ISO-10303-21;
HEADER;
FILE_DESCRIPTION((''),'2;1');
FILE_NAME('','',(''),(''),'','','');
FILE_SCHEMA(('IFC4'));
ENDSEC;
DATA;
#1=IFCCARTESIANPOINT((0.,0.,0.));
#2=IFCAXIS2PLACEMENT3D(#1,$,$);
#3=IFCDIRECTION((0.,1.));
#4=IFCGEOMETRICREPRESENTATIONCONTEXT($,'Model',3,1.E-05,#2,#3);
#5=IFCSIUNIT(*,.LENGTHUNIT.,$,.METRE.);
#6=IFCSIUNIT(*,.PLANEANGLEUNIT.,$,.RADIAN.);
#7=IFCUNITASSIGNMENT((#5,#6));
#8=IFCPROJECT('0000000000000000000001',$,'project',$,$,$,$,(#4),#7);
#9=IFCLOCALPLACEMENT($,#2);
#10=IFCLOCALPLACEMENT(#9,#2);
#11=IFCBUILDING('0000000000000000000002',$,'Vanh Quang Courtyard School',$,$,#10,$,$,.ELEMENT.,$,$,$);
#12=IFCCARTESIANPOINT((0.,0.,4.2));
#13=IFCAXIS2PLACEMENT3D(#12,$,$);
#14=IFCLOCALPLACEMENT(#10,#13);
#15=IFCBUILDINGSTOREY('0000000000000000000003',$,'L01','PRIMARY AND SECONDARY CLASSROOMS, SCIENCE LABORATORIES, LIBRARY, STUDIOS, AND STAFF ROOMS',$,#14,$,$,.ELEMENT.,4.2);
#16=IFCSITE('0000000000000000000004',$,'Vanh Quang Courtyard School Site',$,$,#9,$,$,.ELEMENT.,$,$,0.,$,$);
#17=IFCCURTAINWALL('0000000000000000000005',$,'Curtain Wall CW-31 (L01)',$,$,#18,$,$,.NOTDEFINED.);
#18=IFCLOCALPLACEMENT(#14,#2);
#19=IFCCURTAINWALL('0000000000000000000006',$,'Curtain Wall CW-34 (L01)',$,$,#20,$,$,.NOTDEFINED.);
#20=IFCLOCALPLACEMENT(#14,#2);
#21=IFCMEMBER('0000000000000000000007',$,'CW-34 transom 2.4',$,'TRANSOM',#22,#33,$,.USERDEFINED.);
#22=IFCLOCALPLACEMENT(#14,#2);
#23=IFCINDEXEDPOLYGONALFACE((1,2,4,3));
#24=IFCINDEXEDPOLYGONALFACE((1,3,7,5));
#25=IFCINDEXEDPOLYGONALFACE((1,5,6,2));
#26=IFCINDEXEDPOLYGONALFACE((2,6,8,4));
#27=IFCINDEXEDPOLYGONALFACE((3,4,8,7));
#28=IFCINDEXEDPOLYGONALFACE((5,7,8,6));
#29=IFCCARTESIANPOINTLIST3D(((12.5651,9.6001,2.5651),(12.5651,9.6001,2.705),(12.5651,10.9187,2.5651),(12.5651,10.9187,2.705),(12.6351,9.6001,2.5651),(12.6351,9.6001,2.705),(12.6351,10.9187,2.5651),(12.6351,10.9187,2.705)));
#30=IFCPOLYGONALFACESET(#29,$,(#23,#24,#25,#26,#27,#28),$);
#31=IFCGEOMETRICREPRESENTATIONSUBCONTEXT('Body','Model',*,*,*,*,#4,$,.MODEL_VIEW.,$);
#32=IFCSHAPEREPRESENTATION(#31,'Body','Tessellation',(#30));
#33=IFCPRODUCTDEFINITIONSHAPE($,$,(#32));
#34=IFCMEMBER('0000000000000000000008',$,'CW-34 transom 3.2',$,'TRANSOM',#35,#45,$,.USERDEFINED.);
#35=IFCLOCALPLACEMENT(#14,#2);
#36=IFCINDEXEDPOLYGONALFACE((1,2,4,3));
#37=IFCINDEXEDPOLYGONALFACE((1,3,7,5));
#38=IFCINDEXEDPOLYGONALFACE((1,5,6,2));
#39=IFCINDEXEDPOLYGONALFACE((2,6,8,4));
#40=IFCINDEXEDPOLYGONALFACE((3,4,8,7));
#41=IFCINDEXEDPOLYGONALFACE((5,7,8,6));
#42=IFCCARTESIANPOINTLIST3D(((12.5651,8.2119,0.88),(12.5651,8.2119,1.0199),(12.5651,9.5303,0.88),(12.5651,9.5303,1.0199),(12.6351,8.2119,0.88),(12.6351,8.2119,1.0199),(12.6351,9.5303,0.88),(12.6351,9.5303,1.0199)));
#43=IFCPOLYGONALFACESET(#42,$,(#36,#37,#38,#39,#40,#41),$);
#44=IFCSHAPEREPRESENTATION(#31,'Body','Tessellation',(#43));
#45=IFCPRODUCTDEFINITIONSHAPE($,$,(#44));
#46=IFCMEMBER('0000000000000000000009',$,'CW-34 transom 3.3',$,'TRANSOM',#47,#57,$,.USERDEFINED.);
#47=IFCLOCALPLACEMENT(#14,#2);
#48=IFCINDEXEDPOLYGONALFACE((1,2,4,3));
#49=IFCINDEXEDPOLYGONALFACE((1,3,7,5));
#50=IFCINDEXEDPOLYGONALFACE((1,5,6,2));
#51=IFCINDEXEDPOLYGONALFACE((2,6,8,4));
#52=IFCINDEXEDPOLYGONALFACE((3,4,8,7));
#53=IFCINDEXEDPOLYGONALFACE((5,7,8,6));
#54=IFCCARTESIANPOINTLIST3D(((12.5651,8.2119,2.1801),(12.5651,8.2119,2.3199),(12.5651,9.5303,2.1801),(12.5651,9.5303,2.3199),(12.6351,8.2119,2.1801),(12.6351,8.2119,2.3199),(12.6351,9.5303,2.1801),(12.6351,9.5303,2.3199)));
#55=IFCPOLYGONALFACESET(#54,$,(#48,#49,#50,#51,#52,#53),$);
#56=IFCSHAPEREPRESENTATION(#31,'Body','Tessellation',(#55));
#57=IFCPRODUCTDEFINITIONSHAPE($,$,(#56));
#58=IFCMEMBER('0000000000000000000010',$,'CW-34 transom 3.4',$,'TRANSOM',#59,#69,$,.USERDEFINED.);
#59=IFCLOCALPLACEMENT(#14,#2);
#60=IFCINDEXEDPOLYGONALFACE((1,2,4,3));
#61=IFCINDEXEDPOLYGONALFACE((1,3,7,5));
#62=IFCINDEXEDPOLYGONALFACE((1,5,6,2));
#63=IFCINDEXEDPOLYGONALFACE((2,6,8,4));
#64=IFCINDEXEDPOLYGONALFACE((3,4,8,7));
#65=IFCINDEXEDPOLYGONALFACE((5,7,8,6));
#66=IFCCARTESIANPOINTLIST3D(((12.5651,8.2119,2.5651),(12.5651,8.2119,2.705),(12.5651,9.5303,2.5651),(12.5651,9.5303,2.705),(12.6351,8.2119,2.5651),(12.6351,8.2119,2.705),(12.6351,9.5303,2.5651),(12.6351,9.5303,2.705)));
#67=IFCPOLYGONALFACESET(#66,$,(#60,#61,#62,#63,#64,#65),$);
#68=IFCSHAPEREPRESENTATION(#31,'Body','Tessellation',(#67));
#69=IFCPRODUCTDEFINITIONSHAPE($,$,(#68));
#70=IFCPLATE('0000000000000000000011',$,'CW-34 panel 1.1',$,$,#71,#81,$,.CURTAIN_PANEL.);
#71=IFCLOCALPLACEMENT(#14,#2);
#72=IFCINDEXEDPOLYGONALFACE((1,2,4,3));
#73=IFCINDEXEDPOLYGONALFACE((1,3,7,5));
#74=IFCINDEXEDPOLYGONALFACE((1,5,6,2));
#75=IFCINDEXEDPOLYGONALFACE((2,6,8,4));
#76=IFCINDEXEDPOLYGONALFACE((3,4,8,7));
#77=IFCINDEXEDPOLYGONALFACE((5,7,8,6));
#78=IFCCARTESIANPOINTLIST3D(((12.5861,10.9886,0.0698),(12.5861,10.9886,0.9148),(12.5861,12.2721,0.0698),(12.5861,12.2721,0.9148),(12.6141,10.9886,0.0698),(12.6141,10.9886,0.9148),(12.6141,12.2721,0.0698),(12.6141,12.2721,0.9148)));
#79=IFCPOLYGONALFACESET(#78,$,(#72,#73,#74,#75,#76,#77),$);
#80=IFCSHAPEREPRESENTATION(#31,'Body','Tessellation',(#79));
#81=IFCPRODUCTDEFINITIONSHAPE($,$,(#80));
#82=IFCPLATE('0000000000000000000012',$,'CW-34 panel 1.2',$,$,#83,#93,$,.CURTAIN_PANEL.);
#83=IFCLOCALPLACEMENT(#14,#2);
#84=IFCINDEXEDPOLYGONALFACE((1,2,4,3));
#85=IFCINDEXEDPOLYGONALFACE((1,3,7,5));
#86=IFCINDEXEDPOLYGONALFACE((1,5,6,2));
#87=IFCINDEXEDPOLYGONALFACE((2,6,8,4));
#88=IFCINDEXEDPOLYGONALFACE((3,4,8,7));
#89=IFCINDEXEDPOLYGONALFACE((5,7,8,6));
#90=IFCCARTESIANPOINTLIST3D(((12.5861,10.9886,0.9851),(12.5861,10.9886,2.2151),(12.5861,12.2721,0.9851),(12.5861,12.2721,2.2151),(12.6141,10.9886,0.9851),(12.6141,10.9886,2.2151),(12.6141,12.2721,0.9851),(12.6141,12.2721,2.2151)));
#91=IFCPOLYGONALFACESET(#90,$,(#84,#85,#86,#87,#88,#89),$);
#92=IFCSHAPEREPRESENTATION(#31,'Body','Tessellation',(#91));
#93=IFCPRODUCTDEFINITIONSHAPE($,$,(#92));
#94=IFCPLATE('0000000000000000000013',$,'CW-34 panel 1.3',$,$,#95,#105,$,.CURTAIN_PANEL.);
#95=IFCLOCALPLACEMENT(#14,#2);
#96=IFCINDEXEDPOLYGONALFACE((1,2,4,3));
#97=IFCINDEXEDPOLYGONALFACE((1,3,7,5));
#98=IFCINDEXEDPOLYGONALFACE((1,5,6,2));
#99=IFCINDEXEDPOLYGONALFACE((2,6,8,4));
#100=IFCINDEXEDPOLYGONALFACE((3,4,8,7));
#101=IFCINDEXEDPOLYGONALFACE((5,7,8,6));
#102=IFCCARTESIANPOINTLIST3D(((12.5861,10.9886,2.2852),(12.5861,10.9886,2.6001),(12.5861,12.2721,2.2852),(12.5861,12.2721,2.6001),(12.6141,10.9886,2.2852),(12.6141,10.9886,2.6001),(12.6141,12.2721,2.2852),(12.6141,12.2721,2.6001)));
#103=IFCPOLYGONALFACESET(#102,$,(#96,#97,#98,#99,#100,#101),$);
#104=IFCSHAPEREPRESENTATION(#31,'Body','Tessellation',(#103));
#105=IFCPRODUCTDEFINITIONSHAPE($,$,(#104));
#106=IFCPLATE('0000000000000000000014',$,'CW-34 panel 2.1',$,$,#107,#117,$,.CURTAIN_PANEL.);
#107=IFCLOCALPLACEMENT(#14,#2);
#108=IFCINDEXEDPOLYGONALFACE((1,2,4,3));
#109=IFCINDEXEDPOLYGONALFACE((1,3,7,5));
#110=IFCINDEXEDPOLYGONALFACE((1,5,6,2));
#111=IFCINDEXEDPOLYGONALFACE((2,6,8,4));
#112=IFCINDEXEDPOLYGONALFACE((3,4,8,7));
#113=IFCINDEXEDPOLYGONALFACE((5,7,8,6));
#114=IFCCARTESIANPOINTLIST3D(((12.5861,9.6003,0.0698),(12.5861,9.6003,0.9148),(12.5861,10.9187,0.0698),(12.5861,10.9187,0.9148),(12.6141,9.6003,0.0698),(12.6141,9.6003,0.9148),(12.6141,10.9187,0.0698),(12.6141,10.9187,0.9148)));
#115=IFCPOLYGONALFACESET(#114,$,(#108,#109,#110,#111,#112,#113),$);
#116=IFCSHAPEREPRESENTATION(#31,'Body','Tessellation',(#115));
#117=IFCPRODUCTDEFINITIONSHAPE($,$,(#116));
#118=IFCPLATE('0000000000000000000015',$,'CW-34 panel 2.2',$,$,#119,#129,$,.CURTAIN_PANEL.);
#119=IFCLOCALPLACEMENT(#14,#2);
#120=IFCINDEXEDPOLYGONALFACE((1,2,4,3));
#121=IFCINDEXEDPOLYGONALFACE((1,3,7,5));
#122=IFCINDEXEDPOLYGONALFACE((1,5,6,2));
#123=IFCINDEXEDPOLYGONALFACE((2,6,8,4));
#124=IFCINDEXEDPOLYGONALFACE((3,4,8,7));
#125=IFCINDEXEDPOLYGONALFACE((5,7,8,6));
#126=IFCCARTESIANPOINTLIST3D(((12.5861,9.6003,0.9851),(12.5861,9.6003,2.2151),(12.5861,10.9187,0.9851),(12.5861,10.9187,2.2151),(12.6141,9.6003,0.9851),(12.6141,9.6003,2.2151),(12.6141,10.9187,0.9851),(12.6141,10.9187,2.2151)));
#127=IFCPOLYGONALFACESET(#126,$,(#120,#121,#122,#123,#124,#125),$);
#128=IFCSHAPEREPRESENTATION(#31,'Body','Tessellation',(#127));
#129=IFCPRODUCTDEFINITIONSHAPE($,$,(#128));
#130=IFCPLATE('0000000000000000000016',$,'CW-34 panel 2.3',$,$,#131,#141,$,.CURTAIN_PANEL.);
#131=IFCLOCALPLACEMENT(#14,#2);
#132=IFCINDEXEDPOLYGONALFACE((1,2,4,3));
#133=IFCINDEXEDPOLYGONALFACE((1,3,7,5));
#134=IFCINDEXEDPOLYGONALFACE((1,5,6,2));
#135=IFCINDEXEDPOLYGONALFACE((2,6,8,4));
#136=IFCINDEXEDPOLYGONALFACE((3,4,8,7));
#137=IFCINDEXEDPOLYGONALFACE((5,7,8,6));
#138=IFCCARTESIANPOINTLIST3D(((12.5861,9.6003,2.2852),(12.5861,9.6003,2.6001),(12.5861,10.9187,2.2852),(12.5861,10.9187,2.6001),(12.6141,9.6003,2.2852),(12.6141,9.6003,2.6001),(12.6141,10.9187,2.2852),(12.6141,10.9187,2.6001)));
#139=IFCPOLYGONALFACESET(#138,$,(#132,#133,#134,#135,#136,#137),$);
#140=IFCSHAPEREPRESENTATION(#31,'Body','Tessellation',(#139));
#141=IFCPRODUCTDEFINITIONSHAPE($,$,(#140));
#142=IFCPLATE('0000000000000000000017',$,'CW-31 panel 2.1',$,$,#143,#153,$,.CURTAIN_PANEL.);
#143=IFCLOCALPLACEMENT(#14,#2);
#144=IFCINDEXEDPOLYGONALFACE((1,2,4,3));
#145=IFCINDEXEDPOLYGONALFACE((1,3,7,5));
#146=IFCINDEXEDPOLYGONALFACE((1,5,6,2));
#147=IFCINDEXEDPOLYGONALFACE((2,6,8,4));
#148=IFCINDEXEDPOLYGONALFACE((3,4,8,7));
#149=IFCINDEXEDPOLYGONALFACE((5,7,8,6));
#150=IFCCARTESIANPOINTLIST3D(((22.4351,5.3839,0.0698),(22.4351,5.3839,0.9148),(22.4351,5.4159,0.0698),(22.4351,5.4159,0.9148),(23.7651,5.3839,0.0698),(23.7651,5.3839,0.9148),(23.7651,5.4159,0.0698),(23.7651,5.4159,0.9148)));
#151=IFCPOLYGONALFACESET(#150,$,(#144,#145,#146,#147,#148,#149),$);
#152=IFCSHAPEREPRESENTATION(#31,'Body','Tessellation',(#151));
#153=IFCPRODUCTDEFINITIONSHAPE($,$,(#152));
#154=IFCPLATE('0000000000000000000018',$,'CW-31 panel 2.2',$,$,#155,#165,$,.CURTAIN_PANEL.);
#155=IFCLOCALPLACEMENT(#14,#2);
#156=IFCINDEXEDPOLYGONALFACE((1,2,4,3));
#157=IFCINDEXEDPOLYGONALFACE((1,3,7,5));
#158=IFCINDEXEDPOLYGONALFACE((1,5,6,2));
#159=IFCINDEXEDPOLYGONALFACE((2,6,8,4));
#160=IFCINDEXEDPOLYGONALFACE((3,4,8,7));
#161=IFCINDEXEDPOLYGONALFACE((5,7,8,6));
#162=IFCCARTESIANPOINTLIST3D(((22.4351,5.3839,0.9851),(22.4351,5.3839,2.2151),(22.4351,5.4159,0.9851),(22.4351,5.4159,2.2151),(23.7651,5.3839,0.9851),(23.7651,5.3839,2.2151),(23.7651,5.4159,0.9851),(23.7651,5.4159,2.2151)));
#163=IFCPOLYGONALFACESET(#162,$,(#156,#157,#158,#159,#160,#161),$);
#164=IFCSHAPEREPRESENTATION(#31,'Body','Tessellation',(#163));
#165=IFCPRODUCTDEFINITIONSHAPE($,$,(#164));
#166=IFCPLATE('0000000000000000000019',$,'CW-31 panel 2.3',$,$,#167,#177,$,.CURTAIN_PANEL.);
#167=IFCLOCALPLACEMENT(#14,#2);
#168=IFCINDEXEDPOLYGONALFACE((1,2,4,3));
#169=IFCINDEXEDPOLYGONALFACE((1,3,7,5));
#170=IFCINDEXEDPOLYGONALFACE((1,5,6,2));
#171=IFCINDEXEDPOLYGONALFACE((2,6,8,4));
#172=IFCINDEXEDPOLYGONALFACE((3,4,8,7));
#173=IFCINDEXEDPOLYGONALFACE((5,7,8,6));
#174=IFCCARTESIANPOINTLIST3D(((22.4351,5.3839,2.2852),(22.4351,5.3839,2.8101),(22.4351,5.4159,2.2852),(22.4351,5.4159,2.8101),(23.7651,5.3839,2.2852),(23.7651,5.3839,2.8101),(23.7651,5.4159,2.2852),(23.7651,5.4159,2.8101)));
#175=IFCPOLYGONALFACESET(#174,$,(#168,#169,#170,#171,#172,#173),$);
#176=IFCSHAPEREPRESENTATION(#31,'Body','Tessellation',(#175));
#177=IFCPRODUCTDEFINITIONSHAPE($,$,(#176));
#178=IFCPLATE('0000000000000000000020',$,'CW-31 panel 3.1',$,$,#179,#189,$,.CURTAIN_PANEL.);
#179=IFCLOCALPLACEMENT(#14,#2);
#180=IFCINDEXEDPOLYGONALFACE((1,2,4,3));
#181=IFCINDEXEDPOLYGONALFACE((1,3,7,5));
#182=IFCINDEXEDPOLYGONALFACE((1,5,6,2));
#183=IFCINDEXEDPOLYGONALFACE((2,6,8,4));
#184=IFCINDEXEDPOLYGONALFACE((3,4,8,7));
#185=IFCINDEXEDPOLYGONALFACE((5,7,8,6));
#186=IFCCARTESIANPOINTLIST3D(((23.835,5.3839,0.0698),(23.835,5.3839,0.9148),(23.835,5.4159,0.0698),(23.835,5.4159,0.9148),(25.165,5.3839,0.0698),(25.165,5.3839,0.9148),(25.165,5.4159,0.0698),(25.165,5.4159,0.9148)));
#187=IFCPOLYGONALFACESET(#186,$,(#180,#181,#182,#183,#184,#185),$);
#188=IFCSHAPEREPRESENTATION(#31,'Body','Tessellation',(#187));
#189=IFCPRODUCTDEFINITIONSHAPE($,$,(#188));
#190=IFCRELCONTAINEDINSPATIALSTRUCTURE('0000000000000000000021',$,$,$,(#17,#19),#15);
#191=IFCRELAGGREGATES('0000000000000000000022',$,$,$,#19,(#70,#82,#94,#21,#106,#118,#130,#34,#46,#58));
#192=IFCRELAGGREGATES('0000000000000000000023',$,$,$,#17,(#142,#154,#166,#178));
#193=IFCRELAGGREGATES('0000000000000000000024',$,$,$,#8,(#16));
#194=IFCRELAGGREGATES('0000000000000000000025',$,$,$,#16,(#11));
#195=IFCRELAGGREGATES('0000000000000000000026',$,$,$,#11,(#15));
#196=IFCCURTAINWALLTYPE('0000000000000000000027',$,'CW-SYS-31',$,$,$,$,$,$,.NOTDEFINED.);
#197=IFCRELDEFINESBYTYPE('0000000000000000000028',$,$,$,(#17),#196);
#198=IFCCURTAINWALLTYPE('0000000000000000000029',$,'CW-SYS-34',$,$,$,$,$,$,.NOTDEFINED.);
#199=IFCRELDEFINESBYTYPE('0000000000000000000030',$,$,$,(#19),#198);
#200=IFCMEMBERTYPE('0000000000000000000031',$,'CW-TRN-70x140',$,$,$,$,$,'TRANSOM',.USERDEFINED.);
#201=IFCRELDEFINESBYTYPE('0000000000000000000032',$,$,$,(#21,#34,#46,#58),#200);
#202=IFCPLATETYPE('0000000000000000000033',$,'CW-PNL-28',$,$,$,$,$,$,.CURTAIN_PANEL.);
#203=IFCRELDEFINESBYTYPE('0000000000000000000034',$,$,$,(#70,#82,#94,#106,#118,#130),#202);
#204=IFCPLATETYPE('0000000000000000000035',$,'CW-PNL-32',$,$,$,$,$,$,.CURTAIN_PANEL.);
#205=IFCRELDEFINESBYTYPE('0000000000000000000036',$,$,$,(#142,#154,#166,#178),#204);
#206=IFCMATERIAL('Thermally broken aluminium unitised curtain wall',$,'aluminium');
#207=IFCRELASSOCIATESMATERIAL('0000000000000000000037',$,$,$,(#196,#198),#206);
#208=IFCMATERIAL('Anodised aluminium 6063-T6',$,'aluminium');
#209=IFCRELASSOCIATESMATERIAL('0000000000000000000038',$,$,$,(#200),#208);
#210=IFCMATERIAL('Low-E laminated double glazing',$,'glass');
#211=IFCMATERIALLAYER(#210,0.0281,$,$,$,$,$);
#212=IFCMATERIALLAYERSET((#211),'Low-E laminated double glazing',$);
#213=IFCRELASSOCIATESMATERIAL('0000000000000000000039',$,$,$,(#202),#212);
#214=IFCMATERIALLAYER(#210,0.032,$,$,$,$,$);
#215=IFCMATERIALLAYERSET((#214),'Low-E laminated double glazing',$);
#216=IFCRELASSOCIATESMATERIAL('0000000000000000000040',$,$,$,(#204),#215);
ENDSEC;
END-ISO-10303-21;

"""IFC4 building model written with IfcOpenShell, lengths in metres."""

from ifc_helpers import new_model, si_unit, direction, frame, origin, origin_2d, place, context, subcontext, project, spatial, rectangle, extrude, material, layer, layer_set, material_profile, profile_set, type_object, element, aggregate, save


model = new_model("IFC4")

# Units and contexts
model_context = context("Model", 3, precision=1e-05, world=origin(), true_north=direction((0.0, 1.0)))
body_context = subcontext(model_context, "Body", "Model", "MODEL_VIEW")
ifc_project = project(units=[si_unit("LENGTHUNIT", "METRE"), si_unit("PLANEANGLEUNIT", "RADIAN")], contexts=[model_context])

# Site, building, storey
site_placement = place(None, origin())
site = spatial("IfcSite", under=ifc_project, at=site_placement, Name="Vanh Quang Courtyard School Site", CompositionType="ELEMENT", RefElevation=0.0)
building_placement = place(site_placement, origin())
building = spatial("IfcBuilding", under=site, at=building_placement, Name="Vanh Quang Courtyard School", CompositionType="ELEMENT")
storey_placement = place(building_placement, frame((0.0, 0.0, 4.2)))
storey = spatial("IfcBuildingStorey", under=building, at=storey_placement, Name="L01", Description="PRIMARY AND SECONDARY CLASSROOMS, SCIENCE LABORATORIES, LIBRARY, STUDIOS, AND STAFF ROOMS", CompositionType="ELEMENT", Elevation=4.2)

# Curtain wall
ifc_material_1 = material(Name="Thermally broken aluminium unitised curtain wall", Category="aluminium")
curtain_wall_type_1 = type_object("IfcCurtainWallType", Name="CW-SYS-31", PredefinedType="NOTDEFINED", material=ifc_material_1)
curtain_wall_1_placement = place(storey_placement, origin())
curtain_wall_1 = element("IfcCurtainWall", 1, at=curtain_wall_1_placement, inside=storey, type_object=curtain_wall_type_1, Name="Curtain Wall CW-31 (L01)", PredefinedType="NOTDEFINED")
ifc_material_2 = material(Name="Anodised aluminium 6063-T6", Category="aluminium")

# Curtain wall
curtain_wall_type_2 = type_object("IfcCurtainWallType", Name="CW-SYS-34", PredefinedType="NOTDEFINED", material=ifc_material_1)
curtain_wall_2_placement = place(storey_placement, origin())
curtain_wall_2 = element("IfcCurtainWall", 2, at=curtain_wall_2_placement, inside=storey, type_object=curtain_wall_type_2, Name="Curtain Wall CW-34 (L01)", PredefinedType="NOTDEFINED")

# Members
ifc_material_profile_1 = material_profile(ifc_material_2, rectangle(XDim=0.0701, YDim=0.1399, at=origin_2d()), Name="ALU-TRN 70x140")
ifc_profile_set_1 = profile_set([ifc_material_profile_1], Name="Anodised aluminium 6063-T6")
member_type_1 = type_object("IfcMemberType", Name="CW-TRN-70x140", ElementType="TRANSOM", PredefinedType="USERDEFINED", material=ifc_profile_set_1)
member_1_placement = place(storey_placement, frame((12.6001, 10.9187, 2.635), z_axis=(0.0, -1.0, 0.0), x_axis=(1.0, 0.0, 0.0)))
member_1 = element("IfcMember", 3, at=member_1_placement, type_object=member_type_1, Name="CW-34 transom 2.4", ObjectType="TRANSOM", PredefinedType="USERDEFINED", context=body_context, shape_type="SweptSolid", body=[
    extrude(rectangle(XDim=0.0701, YDim=0.1399, at=origin_2d()), origin(), (0.0, 0.0, 1.0), 1.3186),
])
member_2_placement = place(storey_placement, frame((12.6001, 9.5303, 0.95), z_axis=(0.0, -1.0, 0.0), x_axis=(1.0, 0.0, 0.0)))
member_2 = element("IfcMember", 4, at=member_2_placement, type_object=member_type_1, Name="CW-34 transom 3.2", ObjectType="TRANSOM", PredefinedType="USERDEFINED", context=body_context, shape_type="SweptSolid", body=[
    extrude(rectangle(XDim=0.0701, YDim=0.1399, at=origin_2d()), origin(), (0.0, 0.0, 1.0), 1.3184),
])
member_3_placement = place(storey_placement, frame((12.6001, 9.5303, 2.25), z_axis=(0.0, -1.0, 0.0), x_axis=(1.0, 0.0, 0.0)))
member_3 = element("IfcMember", 5, at=member_3_placement, type_object=member_type_1, Name="CW-34 transom 3.3", ObjectType="TRANSOM", PredefinedType="USERDEFINED", context=body_context, shape_type="SweptSolid", body=[
    extrude(rectangle(XDim=0.0701, YDim=0.1399, at=origin_2d()), origin(), (0.0, 0.0, 1.0), 1.3184),
])
member_4_placement = place(storey_placement, frame((12.6001, 9.5303, 2.635), z_axis=(0.0, -1.0, 0.0), x_axis=(1.0, 0.0, 0.0)))
member_4 = element("IfcMember", 6, at=member_4_placement, type_object=member_type_1, Name="CW-34 transom 3.4", ObjectType="TRANSOM", PredefinedType="USERDEFINED", context=body_context, shape_type="SweptSolid", body=[
    extrude(rectangle(XDim=0.0701, YDim=0.1399, at=origin_2d()), origin(), (0.0, 0.0, 1.0), 1.3184),
])

# Plates
ifc_material_3 = material(Name="Low-E laminated double glazing", Category="glass")
ifc_layer_1 = layer(ifc_material_3, 0.0281)
ifc_layer_set_1 = layer_set([ifc_layer_1], Name="Low-E laminated double glazing")
plate_type_1 = type_object("IfcPlateType", Name="CW-PNL-28", PredefinedType="CURTAIN_PANEL", material=ifc_layer_set_1)
plate_1_placement = place(storey_placement, frame((12.6001, 11.6304, 0.0698), z_axis=(0.0, 0.0, 1.0), x_axis=(0.0, -1.0, 0.0)))
plate_1 = element("IfcPlate", 7, at=plate_1_placement, type_object=plate_type_1, Name="CW-34 panel 1.1", PredefinedType="CURTAIN_PANEL", context=body_context, shape_type="SweptSolid", body=[
    extrude(rectangle(XDim=1.2834, YDim=0.0281, at=origin_2d()), origin(), (0.0, 0.0, 1.0), 0.845),
])
plate_2_placement = place(storey_placement, frame((12.6001, 11.6304, 0.9851), z_axis=(0.0, 0.0, 1.0), x_axis=(0.0, -1.0, 0.0)))
plate_2 = element("IfcPlate", 8, at=plate_2_placement, type_object=plate_type_1, Name="CW-34 panel 1.2", PredefinedType="CURTAIN_PANEL", context=body_context, shape_type="SweptSolid", body=[
    extrude(rectangle(XDim=1.2834, YDim=0.0281, at=origin_2d()), origin(), (0.0, 0.0, 1.0), 1.23),
])
plate_3_placement = place(storey_placement, frame((12.6001, 11.6304, 2.2852), z_axis=(0.0, 0.0, 1.0), x_axis=(0.0, -1.0, 0.0)))
plate_3 = element("IfcPlate", 9, at=plate_3_placement, type_object=plate_type_1, Name="CW-34 panel 1.3", PredefinedType="CURTAIN_PANEL", context=body_context, shape_type="SweptSolid", body=[
    extrude(rectangle(XDim=1.2834, YDim=0.0281, at=origin_2d()), origin(), (0.0, 0.0, 1.0), 0.3149),
])
plate_4_placement = place(storey_placement, frame((12.6001, 10.2595, 0.0698), z_axis=(0.0, 0.0, 1.0), x_axis=(0.0, -1.0, 0.0)))
plate_4 = element("IfcPlate", 10, at=plate_4_placement, type_object=plate_type_1, Name="CW-34 panel 2.1", PredefinedType="CURTAIN_PANEL", context=body_context, shape_type="SweptSolid", body=[
    extrude(rectangle(XDim=1.3184, YDim=0.0281, at=origin_2d()), origin(), (0.0, 0.0, 1.0), 0.845),
])
plate_5_placement = place(storey_placement, frame((12.6001, 10.2595, 0.9851), z_axis=(0.0, 0.0, 1.0), x_axis=(0.0, -1.0, 0.0)))
plate_5 = element("IfcPlate", 11, at=plate_5_placement, type_object=plate_type_1, Name="CW-34 panel 2.2", PredefinedType="CURTAIN_PANEL", context=body_context, shape_type="SweptSolid", body=[
    extrude(rectangle(XDim=1.3184, YDim=0.0281, at=origin_2d()), origin(), (0.0, 0.0, 1.0), 1.23),
])
plate_6_placement = place(storey_placement, frame((12.6001, 10.2595, 2.2852), z_axis=(0.0, 0.0, 1.0), x_axis=(0.0, -1.0, 0.0)))
plate_6 = element("IfcPlate", 12, at=plate_6_placement, type_object=plate_type_1, Name="CW-34 panel 2.3", PredefinedType="CURTAIN_PANEL", context=body_context, shape_type="SweptSolid", body=[
    extrude(rectangle(XDim=1.3184, YDim=0.0281, at=origin_2d()), origin(), (0.0, 0.0, 1.0), 0.3149),
])
aggregate(curtain_wall_2, [plate_1, plate_2, plate_3, member_1, plate_4, plate_5, plate_6, member_2, member_3, member_4])
ifc_layer_2 = layer(ifc_material_3, 0.032)
ifc_layer_set_2 = layer_set([ifc_layer_2], Name="Low-E laminated double glazing")
plate_type_2 = type_object("IfcPlateType", Name="CW-PNL-32", PredefinedType="CURTAIN_PANEL", material=ifc_layer_set_2)
plate_7_placement = place(storey_placement, frame((23.1001, 5.3999, 0.0698), z_axis=(0.0, 0.0, 1.0), x_axis=(1.0, 0.0, 0.0)))
plate_7 = element("IfcPlate", 13, at=plate_7_placement, type_object=plate_type_2, Name="CW-31 panel 2.1", PredefinedType="CURTAIN_PANEL", context=body_context, shape_type="SweptSolid", body=[
    extrude(rectangle(XDim=1.3301, YDim=0.032, at=origin_2d()), origin(), (0.0, 0.0, 1.0), 0.845),
])
plate_8_placement = place(storey_placement, frame((23.1001, 5.3999, 0.9851), z_axis=(0.0, 0.0, 1.0), x_axis=(1.0, 0.0, 0.0)))
plate_8 = element("IfcPlate", 14, at=plate_8_placement, type_object=plate_type_2, Name="CW-31 panel 2.2", PredefinedType="CURTAIN_PANEL", context=body_context, shape_type="SweptSolid", body=[
    extrude(rectangle(XDim=1.3301, YDim=0.032, at=origin_2d()), origin(), (0.0, 0.0, 1.0), 1.23),
])
plate_9_placement = place(storey_placement, frame((23.1001, 5.3999, 2.2852), z_axis=(0.0, 0.0, 1.0), x_axis=(1.0, 0.0, 0.0)))
plate_9 = element("IfcPlate", 15, at=plate_9_placement, type_object=plate_type_2, Name="CW-31 panel 2.3", PredefinedType="CURTAIN_PANEL", context=body_context, shape_type="SweptSolid", body=[
    extrude(rectangle(XDim=1.3301, YDim=0.032, at=origin_2d()), origin(), (0.0, 0.0, 1.0), 0.5249),
])
plate_10_placement = place(storey_placement, frame((24.5, 5.3999, 0.0698), z_axis=(0.0, 0.0, 1.0), x_axis=(1.0, 0.0, 0.0)))
plate_10 = element("IfcPlate", 16, at=plate_10_placement, type_object=plate_type_2, Name="CW-31 panel 3.1", PredefinedType="CURTAIN_PANEL", context=body_context, shape_type="SweptSolid", body=[
    extrude(rectangle(XDim=1.3301, YDim=0.032, at=origin_2d()), origin(), (0.0, 0.0, 1.0), 0.845),
])
aggregate(curtain_wall_1, [plate_7, plate_8, plate_9, plate_10])

save(model, "model.ifc")
